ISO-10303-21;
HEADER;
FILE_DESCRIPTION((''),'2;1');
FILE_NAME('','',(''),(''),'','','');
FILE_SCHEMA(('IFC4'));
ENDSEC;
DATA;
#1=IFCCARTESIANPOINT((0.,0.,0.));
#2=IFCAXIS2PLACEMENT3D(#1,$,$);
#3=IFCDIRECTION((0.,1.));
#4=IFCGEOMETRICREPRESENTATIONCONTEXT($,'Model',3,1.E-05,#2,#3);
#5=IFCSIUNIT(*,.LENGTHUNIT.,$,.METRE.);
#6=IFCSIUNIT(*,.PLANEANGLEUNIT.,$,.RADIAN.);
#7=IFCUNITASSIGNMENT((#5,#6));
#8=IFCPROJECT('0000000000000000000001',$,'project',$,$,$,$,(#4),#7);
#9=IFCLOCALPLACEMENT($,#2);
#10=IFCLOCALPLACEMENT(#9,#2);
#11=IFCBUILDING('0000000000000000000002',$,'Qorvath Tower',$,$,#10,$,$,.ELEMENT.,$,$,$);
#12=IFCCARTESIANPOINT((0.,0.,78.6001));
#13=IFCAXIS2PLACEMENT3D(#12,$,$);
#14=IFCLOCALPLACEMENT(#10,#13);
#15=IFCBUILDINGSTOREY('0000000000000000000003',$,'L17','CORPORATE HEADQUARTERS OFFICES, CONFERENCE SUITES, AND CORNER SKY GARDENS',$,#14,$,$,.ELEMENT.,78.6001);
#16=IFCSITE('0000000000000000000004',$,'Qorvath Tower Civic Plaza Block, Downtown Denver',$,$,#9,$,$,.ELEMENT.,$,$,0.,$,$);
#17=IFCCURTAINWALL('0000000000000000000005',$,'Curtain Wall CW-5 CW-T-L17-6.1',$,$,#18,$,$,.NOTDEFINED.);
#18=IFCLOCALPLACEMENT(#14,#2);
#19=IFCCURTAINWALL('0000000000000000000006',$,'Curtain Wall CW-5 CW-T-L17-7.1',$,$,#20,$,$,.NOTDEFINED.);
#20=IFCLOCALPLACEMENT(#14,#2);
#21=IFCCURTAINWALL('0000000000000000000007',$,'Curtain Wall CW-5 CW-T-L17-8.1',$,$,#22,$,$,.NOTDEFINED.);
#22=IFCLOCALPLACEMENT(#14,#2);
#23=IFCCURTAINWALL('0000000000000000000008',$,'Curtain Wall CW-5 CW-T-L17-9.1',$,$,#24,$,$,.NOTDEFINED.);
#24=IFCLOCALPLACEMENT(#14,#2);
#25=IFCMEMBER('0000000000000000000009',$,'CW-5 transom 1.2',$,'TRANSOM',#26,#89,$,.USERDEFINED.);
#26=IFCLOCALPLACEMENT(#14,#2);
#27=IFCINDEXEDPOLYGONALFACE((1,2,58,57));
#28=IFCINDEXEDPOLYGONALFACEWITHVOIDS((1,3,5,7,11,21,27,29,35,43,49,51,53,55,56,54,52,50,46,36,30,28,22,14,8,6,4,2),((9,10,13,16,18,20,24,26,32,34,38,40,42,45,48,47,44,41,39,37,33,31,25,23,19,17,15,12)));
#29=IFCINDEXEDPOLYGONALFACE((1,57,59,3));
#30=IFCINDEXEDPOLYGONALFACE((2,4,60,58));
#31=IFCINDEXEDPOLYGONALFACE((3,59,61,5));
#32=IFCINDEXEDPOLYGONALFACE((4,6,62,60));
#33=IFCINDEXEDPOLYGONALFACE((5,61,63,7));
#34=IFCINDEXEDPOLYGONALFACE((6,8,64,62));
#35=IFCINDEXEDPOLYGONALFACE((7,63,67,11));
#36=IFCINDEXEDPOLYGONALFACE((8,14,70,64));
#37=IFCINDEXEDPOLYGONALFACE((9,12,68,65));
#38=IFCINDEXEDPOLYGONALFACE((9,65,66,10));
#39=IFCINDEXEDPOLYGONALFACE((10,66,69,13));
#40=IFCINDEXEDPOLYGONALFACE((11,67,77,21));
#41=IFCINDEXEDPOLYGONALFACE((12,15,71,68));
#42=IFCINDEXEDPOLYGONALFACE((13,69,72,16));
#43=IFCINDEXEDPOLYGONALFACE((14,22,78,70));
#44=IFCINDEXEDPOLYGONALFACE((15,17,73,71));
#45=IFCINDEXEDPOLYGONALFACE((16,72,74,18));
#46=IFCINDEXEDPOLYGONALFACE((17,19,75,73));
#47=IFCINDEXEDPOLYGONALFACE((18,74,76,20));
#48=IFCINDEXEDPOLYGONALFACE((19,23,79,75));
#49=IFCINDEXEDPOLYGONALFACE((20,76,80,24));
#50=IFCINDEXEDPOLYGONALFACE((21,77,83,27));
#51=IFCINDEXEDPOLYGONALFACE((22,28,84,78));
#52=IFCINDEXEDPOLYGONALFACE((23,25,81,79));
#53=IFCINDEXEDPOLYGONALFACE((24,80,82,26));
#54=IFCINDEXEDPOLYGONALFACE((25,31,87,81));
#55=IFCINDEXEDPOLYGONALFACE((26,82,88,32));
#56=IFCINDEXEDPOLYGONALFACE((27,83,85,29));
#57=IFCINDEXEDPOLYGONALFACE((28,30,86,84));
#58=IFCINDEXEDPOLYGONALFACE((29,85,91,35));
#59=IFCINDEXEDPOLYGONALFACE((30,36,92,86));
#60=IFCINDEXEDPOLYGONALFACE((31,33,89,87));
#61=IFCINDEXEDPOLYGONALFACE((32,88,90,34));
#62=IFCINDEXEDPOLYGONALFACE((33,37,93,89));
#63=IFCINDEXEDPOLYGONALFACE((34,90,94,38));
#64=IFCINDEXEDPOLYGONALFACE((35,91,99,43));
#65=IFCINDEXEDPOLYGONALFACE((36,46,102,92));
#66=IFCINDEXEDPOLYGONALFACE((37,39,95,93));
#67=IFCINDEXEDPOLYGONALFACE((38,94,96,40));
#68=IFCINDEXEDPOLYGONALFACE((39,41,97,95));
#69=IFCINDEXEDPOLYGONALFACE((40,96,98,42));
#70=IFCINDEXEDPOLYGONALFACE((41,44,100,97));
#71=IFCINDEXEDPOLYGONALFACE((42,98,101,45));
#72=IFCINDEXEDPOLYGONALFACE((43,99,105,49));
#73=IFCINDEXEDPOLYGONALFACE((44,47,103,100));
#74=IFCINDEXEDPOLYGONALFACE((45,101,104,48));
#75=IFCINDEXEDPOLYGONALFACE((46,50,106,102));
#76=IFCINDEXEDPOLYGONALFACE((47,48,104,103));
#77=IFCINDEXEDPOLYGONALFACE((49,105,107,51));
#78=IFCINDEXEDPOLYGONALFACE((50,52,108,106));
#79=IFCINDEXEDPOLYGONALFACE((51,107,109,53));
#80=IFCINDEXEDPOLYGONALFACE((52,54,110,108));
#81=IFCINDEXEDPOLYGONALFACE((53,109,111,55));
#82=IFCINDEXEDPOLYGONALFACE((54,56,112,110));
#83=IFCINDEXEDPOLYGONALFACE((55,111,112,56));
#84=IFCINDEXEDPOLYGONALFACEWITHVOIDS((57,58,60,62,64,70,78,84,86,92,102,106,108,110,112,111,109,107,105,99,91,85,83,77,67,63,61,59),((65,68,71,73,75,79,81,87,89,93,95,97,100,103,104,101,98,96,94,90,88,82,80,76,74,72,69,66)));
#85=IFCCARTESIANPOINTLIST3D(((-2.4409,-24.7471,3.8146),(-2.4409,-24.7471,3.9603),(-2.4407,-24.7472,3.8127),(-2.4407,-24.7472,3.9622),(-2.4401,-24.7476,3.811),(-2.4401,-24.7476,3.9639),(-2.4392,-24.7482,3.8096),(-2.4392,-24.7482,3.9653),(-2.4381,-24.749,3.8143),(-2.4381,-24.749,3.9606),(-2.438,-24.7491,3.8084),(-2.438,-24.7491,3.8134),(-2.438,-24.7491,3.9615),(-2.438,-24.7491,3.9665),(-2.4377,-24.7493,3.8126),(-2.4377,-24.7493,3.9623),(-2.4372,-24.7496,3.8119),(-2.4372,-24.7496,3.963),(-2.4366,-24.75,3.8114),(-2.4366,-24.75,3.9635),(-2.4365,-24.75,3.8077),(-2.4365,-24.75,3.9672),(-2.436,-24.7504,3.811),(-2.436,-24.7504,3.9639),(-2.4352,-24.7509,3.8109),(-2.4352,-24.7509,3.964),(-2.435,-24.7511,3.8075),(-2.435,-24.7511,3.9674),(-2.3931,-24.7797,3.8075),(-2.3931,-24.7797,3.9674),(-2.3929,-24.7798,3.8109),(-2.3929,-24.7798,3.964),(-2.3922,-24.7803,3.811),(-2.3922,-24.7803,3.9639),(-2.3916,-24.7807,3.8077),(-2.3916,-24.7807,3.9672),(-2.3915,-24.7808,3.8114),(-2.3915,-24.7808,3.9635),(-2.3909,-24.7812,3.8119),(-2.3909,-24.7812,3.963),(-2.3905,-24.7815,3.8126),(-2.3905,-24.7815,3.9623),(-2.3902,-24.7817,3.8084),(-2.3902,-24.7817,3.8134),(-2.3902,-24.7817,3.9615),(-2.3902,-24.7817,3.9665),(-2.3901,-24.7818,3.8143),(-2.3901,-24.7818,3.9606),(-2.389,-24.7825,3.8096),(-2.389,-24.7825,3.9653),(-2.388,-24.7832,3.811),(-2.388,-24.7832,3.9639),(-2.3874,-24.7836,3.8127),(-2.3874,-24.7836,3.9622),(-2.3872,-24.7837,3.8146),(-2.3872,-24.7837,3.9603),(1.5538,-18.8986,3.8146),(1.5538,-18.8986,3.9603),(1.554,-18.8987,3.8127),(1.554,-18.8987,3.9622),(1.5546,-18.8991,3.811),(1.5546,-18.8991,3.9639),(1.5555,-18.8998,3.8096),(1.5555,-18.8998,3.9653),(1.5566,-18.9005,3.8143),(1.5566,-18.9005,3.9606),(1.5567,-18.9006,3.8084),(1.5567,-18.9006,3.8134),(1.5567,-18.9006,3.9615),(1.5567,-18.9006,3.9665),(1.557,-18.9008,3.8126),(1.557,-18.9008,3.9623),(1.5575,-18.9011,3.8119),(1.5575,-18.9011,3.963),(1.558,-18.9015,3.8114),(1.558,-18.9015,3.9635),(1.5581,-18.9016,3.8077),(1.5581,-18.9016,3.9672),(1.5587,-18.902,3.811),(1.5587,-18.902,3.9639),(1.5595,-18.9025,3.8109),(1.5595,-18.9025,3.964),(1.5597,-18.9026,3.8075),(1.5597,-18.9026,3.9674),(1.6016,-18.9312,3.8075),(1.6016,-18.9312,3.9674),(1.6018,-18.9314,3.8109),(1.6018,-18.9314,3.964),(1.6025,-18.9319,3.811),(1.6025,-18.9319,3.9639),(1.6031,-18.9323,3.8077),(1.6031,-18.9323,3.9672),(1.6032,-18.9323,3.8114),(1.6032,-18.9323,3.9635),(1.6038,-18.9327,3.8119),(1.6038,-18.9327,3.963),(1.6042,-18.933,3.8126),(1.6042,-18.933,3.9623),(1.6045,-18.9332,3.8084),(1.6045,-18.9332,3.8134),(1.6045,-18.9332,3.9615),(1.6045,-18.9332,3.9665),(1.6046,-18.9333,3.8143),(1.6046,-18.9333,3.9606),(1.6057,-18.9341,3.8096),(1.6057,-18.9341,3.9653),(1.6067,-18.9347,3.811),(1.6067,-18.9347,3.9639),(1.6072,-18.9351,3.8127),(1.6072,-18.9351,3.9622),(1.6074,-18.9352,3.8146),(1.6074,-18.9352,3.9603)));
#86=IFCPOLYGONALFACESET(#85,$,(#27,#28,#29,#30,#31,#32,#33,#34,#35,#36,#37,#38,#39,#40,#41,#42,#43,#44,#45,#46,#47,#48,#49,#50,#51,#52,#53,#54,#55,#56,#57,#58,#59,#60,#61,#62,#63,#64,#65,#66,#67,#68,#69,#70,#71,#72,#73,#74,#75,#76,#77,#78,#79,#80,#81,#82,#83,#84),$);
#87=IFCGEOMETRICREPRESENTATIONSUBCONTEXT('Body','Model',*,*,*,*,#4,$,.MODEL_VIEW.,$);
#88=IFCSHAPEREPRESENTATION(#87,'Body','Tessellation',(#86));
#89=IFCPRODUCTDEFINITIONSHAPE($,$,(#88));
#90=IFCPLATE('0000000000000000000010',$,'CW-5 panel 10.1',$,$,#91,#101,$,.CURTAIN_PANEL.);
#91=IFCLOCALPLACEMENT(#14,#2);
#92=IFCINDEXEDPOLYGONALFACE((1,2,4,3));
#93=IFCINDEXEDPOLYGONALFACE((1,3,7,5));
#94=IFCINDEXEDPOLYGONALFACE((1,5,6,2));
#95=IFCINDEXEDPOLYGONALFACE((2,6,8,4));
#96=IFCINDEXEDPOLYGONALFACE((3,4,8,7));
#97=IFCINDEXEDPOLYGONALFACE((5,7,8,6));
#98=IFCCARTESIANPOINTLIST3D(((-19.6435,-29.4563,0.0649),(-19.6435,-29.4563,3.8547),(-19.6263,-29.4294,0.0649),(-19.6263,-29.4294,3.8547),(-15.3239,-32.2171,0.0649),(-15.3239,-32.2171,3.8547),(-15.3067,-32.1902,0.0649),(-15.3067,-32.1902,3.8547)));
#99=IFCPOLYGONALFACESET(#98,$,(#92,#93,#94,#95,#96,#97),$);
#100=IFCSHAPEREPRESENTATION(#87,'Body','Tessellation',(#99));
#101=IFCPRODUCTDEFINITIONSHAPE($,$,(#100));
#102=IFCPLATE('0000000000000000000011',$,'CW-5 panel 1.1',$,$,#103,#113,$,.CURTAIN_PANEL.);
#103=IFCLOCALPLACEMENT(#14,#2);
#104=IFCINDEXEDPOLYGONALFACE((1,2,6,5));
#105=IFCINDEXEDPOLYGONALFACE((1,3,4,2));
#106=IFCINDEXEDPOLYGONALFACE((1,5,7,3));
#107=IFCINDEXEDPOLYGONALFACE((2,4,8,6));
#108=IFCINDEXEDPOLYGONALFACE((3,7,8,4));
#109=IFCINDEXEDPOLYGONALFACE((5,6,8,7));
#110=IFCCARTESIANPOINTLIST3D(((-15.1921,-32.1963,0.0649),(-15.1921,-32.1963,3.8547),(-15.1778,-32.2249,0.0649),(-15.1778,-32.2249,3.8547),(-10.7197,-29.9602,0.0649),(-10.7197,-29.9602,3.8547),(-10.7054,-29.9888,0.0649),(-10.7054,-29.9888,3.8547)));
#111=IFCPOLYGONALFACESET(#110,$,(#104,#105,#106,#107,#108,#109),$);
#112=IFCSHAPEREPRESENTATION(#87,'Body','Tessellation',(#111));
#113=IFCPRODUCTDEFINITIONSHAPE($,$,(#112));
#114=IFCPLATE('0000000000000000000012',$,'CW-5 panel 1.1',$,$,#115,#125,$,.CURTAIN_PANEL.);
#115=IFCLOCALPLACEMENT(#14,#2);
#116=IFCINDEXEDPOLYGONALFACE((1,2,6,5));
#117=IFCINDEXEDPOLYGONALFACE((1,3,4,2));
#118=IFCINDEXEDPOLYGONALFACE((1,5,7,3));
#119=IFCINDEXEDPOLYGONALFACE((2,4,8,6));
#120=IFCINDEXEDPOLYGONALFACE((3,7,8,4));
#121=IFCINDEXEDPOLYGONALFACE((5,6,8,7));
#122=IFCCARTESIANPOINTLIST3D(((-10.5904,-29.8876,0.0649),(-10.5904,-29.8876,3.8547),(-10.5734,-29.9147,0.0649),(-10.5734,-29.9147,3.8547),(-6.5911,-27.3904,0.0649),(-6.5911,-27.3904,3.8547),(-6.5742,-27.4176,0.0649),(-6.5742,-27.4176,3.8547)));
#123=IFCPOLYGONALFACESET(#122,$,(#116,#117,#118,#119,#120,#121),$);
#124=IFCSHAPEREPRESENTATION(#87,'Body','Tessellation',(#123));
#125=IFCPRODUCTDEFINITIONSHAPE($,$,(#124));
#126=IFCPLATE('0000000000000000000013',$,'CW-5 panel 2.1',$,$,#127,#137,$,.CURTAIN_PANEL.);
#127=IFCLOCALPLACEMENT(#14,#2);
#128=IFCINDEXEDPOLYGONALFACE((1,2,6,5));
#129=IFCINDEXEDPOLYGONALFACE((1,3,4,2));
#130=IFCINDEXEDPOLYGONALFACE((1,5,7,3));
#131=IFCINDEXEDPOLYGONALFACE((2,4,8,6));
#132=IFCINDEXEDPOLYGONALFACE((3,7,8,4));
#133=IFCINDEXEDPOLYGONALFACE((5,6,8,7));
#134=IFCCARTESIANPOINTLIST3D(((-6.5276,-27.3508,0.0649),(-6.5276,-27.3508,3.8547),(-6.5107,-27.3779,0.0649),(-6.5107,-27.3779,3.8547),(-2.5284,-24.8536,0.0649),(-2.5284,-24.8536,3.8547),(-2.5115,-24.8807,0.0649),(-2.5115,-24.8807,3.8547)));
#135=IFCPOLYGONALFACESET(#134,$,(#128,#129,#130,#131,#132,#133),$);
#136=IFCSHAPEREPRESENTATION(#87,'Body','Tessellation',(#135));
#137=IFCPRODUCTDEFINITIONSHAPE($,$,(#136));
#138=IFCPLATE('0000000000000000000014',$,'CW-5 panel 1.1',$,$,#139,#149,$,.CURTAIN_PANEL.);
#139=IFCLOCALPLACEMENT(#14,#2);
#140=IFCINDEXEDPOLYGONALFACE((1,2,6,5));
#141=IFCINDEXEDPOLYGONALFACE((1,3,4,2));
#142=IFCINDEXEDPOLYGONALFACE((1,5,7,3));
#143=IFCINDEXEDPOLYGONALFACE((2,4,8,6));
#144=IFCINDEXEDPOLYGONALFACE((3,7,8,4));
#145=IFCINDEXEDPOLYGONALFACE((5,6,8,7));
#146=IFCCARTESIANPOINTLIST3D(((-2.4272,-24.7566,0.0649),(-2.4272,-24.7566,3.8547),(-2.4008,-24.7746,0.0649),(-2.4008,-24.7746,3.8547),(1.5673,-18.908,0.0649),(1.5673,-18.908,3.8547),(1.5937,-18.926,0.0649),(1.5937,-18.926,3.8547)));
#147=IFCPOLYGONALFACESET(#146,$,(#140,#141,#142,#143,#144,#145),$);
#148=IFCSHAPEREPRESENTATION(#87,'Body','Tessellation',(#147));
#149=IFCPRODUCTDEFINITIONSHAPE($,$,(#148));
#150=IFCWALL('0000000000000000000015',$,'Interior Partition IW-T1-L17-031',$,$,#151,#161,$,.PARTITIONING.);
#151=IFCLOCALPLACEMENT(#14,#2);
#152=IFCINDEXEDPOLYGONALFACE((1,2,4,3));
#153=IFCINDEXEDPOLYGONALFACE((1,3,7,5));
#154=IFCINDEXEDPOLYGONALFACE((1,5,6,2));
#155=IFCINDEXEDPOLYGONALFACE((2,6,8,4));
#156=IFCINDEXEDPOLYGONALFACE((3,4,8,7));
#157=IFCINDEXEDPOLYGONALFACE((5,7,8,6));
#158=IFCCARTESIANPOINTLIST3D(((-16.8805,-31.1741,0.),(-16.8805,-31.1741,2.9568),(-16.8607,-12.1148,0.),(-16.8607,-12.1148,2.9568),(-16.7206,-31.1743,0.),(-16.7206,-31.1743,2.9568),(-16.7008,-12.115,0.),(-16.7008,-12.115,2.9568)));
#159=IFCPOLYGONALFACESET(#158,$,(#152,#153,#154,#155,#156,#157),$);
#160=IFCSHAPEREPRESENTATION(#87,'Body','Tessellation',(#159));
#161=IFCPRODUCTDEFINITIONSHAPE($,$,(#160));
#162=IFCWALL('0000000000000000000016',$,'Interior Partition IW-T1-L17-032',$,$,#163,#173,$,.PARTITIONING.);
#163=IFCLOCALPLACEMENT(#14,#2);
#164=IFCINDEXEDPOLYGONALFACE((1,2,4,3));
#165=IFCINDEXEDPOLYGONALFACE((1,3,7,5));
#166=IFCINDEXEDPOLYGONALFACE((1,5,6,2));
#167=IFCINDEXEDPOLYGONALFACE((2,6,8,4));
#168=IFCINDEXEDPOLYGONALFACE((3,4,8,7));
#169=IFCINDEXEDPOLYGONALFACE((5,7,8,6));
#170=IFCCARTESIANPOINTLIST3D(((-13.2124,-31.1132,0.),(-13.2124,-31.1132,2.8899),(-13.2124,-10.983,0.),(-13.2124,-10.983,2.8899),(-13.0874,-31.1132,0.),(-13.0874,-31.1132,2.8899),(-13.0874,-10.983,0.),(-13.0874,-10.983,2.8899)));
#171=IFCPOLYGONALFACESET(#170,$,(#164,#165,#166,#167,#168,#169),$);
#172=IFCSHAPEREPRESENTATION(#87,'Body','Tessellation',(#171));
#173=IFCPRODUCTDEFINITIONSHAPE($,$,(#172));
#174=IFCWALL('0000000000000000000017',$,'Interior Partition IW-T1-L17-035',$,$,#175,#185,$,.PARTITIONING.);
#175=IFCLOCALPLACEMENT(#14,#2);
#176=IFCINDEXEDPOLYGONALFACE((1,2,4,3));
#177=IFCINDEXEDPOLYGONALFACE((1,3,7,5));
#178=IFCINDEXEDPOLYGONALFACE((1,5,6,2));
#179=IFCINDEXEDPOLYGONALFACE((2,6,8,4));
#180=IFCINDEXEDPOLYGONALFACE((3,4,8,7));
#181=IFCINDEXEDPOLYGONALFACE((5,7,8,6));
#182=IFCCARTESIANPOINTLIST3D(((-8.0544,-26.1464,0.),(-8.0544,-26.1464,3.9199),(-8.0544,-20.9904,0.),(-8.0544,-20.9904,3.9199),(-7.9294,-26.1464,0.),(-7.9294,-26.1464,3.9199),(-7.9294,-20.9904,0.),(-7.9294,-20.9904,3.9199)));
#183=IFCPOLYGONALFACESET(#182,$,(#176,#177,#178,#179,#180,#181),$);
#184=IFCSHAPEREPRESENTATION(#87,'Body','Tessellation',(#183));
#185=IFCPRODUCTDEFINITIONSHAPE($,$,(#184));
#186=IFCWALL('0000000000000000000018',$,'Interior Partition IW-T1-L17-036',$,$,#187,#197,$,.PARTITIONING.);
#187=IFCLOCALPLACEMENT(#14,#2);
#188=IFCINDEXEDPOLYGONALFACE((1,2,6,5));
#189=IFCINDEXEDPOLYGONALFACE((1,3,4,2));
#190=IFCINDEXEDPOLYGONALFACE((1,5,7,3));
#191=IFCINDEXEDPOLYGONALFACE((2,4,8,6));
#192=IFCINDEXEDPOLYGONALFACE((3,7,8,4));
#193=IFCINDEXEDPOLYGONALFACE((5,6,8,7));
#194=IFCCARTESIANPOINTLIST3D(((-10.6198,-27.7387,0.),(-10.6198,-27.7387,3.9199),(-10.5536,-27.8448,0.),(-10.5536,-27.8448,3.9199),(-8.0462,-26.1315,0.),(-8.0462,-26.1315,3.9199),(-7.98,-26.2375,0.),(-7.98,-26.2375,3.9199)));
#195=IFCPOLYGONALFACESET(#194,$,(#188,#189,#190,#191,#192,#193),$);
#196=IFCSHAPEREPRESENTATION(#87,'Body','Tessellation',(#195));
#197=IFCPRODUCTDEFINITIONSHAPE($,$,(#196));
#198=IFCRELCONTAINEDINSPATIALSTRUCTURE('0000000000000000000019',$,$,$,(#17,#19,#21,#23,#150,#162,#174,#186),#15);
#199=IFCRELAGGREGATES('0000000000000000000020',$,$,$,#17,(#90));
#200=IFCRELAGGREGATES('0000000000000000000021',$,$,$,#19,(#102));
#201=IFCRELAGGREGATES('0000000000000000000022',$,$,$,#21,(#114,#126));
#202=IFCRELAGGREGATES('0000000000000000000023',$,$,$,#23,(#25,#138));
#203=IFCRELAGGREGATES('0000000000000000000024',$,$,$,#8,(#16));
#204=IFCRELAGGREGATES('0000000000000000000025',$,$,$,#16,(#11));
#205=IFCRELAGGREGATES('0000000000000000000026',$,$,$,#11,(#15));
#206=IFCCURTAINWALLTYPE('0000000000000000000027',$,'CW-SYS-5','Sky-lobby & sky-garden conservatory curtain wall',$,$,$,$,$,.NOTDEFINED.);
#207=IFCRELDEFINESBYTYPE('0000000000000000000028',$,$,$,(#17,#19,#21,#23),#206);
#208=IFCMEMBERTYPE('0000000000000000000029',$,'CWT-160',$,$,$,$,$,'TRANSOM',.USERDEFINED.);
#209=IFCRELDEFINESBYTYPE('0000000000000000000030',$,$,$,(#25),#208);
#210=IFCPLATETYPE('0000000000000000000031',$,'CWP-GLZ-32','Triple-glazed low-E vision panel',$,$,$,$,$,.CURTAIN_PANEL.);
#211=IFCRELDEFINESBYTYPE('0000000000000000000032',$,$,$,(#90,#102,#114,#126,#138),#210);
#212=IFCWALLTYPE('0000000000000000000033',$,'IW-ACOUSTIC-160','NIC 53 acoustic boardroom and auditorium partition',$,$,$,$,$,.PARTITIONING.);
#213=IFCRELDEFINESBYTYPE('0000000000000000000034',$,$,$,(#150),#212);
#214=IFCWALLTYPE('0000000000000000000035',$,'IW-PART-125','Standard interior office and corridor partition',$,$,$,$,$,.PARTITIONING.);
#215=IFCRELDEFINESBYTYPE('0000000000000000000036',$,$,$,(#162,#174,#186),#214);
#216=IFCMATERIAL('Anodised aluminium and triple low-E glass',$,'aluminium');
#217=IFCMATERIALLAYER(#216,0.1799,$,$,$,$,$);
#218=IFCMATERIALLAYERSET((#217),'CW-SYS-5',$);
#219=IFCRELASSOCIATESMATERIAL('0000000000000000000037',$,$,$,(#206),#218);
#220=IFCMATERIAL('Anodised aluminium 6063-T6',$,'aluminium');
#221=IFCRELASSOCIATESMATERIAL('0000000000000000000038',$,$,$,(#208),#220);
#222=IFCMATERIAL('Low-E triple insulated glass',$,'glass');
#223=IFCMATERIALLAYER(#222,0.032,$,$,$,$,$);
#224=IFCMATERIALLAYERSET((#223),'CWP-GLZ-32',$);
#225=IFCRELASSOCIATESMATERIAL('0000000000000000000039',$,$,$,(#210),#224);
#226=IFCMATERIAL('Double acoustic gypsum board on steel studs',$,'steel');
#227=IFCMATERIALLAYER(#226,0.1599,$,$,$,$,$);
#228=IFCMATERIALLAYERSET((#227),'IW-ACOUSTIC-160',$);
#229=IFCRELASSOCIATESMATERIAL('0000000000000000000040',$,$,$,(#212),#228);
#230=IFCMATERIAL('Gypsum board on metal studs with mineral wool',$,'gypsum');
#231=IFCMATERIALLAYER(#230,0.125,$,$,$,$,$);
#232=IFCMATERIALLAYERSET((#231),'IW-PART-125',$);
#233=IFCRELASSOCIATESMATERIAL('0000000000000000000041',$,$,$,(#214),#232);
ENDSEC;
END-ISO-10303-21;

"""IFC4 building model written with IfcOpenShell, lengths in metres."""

from ifc_helpers import new_model, si_unit, direction, frame, frame_2d, origin, origin_2d, place, context, subcontext, project, spatial, rectangle, hollow_rectangle, extrude, material, layer, layer_set, material_profile, profile_set, type_object, element, aggregate, save


model = new_model("IFC4")

# Units and contexts
model_context = context("Model", 3, precision=1e-05, world=origin(), true_north=direction((0.0, 1.0)))
body_context = subcontext(model_context, "Body", "Model", "MODEL_VIEW")
ifc_project = project(units=[si_unit("LENGTHUNIT", "METRE"), si_unit("PLANEANGLEUNIT", "RADIAN")], contexts=[model_context])

# Site, building, storey
site_placement = place(None, origin())
site = spatial("IfcSite", under=ifc_project, at=site_placement, Name="Qorvath Tower Civic Plaza Block, Downtown Denver", CompositionType="ELEMENT", RefElevation=0.0)
building_placement = place(site_placement, origin())
building = spatial("IfcBuilding", under=site, at=building_placement, Name="Qorvath Tower", CompositionType="ELEMENT")
storey_placement = place(building_placement, frame((0.0, 0.0, 78.6001)))
storey = spatial("IfcBuildingStorey", under=building, at=storey_placement, Name="L17", Description="CORPORATE HEADQUARTERS OFFICES, CONFERENCE SUITES, AND CORNER SKY GARDENS", CompositionType="ELEMENT", Elevation=78.6001)

# Curtain wall
ifc_material_1 = material(Name="Anodised aluminium and triple low-E glass", Category="aluminium")
ifc_layer_1 = layer(ifc_material_1, 0.1799)
ifc_layer_set_1 = layer_set([ifc_layer_1], Name="CW-SYS-5")
curtain_wall_type = type_object("IfcCurtainWallType", Name="CW-SYS-5", Description="Sky-lobby & sky-garden conservatory curtain wall", PredefinedType="NOTDEFINED", material=ifc_layer_set_1)
curtain_wall_1_placement = place(storey_placement, origin())
curtain_wall_1 = element("IfcCurtainWall", 1, at=curtain_wall_1_placement, inside=storey, type_object=curtain_wall_type, Name="Curtain Wall CW-5 CW-T-L17-6.1", PredefinedType="NOTDEFINED")

# Curtain walls
curtain_wall_2_placement = place(storey_placement, origin())
curtain_wall_2 = element("IfcCurtainWall", 2, at=curtain_wall_2_placement, inside=storey, type_object=curtain_wall_type, Name="Curtain Wall CW-5 CW-T-L17-7.1", PredefinedType="NOTDEFINED")
curtain_wall_3_placement = place(storey_placement, origin())
curtain_wall_3 = element("IfcCurtainWall", 3, at=curtain_wall_3_placement, inside=storey, type_object=curtain_wall_type, Name="Curtain Wall CW-5 CW-T-L17-8.1", PredefinedType="NOTDEFINED")

# Curtain wall
curtain_wall_4_placement = place(storey_placement, origin())
curtain_wall_4 = element("IfcCurtainWall", 4, at=curtain_wall_4_placement, inside=storey, type_object=curtain_wall_type, Name="Curtain Wall CW-5 CW-T-L17-9.1", PredefinedType="NOTDEFINED")

# Member
ifc_material_2 = material(Name="Anodised aluminium 6063-T6", Category="aluminium")
ifc_material_profile_1 = material_profile(ifc_material_2, hollow_rectangle(XDim=0.0649, YDim=0.1599, WallThickness=0.0034, InnerFilletRadius=0.0034, OuterFilletRadius=0.0071, at=origin_2d()), Name="CWT 160x65")
ifc_profile_set_1 = profile_set([ifc_material_profile_1], Name="Anodised aluminium 6063-T6")
member_type_1 = type_object("IfcMemberType", Name="CWT-160", ElementType="TRANSOM", PredefinedType="USERDEFINED", material=ifc_profile_set_1)
member_1_placement = place(storey_placement, frame((-2.4141, -24.7654, 3.8875), z_axis=(0.56402, 0.825761, 0.0), x_axis=(-0.825761, 0.56402, 0.0)))
member_1 = element("IfcMember", 5, at=member_1_placement, type_object=member_type_1, Name="CW-5 transom 1.2", ObjectType="TRANSOM", PredefinedType="USERDEFINED", context=body_context, shape_type="SweptSolid", body=[
    extrude(hollow_rectangle(XDim=0.0649, YDim=0.1599, WallThickness=0.0034, InnerFilletRadius=0.0034, OuterFilletRadius=0.0071, at=origin_2d()), origin(), (0.0, 0.0, 1.0), 7.0825),
])

# Plates
ifc_material_3 = material(Name="Low-E triple insulated glass", Category="glass")
ifc_layer_2 = layer(ifc_material_3, 0.032)
ifc_layer_set_2 = layer_set([ifc_layer_2], Name="CWP-GLZ-32")
plate_type = type_object("IfcPlateType", Name="CWP-GLZ-32", Description="Triple-glazed low-E vision panel", PredefinedType="CURTAIN_PANEL", material=ifc_layer_set_2)
plate_1_placement = place(storey_placement, frame((-17.4751, -30.8232, 0.0649), z_axis=(0.0, 0.0, 1.0), x_axis=(0.842604, -0.538533, 0.0)))
plate_1 = element("IfcPlate", 6, at=plate_1_placement, type_object=plate_type, Name="CW-5 panel 10.1", PredefinedType="CURTAIN_PANEL", context=body_context, shape_type="SweptSolid", body=[
    extrude(rectangle(XDim=5.1265, YDim=0.032, at=origin_2d()), origin(), (0.0, 0.0, 1.0), 3.7898),
])
aggregate(curtain_wall_1, [plate_1])
plate_2_placement = place(storey_placement, frame((-12.9487, -31.0925, 0.0649), z_axis=(0.0, 0.0, 1.0), x_axis=(0.894431, 0.447206, 0.0)))
plate_2 = element("IfcPlate", 7, at=plate_2_placement, type_object=plate_type, Name="CW-5 panel 1.1", PredefinedType="CURTAIN_PANEL", context=body_context, shape_type="SweptSolid", body=[
    extrude(rectangle(XDim=5.0002, YDim=0.032, at=origin_2d()), origin(), (0.0, 0.0, 1.0), 3.7898),
])
aggregate(curtain_wall_2, [plate_2])
plate_3_placement = place(storey_placement, frame((-8.5823, -28.6526, 0.0649), z_axis=(0.0, 0.0, 1.0), x_axis=(0.848219, 0.529645, 0.0)))
plate_3 = element("IfcPlate", 8, at=plate_3_placement, type_object=plate_type, Name="CW-5 panel 1.1", PredefinedType="CURTAIN_PANEL", context=body_context, shape_type="SweptSolid", body=[
    extrude(rectangle(XDim=4.7148, YDim=0.032, at=origin_2d()), origin(), (0.0, 0.0, 1.0), 3.7898),
])
plate_4_placement = place(storey_placement, frame((-4.5195, -26.1157, 0.0649), z_axis=(0.0, 0.0, 1.0), x_axis=(0.848219, 0.529645, 0.0)))
plate_4 = element("IfcPlate", 9, at=plate_4_placement, type_object=plate_type, Name="CW-5 panel 2.1", PredefinedType="CURTAIN_PANEL", context=body_context, shape_type="SweptSolid", body=[
    extrude(rectangle(XDim=4.7148, YDim=0.032, at=origin_2d()), origin(), (0.0, 0.0, 1.0), 3.7898),
])
aggregate(curtain_wall_3, [plate_3, plate_4])
plate_5_placement = place(storey_placement, frame((-0.4167, -21.8413, 0.0649), z_axis=(0.0, 0.0, 1.0), x_axis=(0.563998, 0.825776, 0.0)))
plate_5 = element("IfcPlate", 10, at=plate_5_placement, type_object=plate_type, Name="CW-5 panel 1.1", PredefinedType="CURTAIN_PANEL", context=body_context, shape_type="SweptSolid", body=[
    extrude(rectangle(XDim=7.0825, YDim=0.032, at=origin_2d()), origin(), (0.0, 0.0, 1.0), 3.7898),
])
aggregate(curtain_wall_4, [member_1, plate_5])

# Walls
ifc_material_4 = material(Name="Double acoustic gypsum board on steel studs", Category="steel")
ifc_layer_3 = layer(ifc_material_4, 0.1599)
ifc_layer_set_3 = layer_set([ifc_layer_3], Name="IW-ACOUSTIC-160")
wall_type_1 = type_object("IfcWallType", Name="IW-ACOUSTIC-160", Description="NIC 53 acoustic boardroom and auditorium partition", PredefinedType="PARTITIONING", material=ifc_layer_set_3)
wall_1_placement = place(storey_placement, frame((-16.8005, -31.1743, 0.0), z_axis=(0.0, 0.0, 1.0), x_axis=(0.001038, 0.999999, 0.0)))
element("IfcWall", 11, at=wall_1_placement, inside=storey, type_object=wall_type_1, Name="Interior Partition IW-T1-L17-031", PredefinedType="PARTITIONING", context=body_context, shape_type="SweptSolid", body=[
    extrude(rectangle(XDim=19.0593, YDim=0.1599, at=frame_2d((9.5298, 0.0))), origin(), (0.0, 0.0, 1.0), 2.9568),
])
ifc_material_5 = material(Name="Gypsum board on metal studs with mineral wool", Category="gypsum")
ifc_layer_4 = layer(ifc_material_5, 0.125)
ifc_layer_set_4 = layer_set([ifc_layer_4], Name="IW-PART-125")
wall_type_2 = type_object("IfcWallType", Name="IW-PART-125", Description="Standard interior office and corridor partition", PredefinedType="PARTITIONING", material=ifc_layer_set_4)
wall_2_placement = place(storey_placement, frame((-13.1499, -31.113, 0.0), z_axis=(0.0, 0.0, 1.0), x_axis=(0.0, 1.0, 0.0)))
element("IfcWall", 12, at=wall_2_placement, inside=storey, type_object=wall_type_2, Name="Interior Partition IW-T1-L17-032", PredefinedType="PARTITIONING", context=body_context, shape_type="SweptSolid", body=[
    extrude(rectangle(XDim=20.1301, YDim=0.125, at=frame_2d((10.0649, 0.0))), origin(), (0.0, 0.0, 1.0), 2.8899),
])
wall_3_placement = place(storey_placement, frame((-7.9919, -26.1465, 0.0), z_axis=(0.0, 0.0, 1.0), x_axis=(0.0, 1.0, 0.0)))
element("IfcWall", 13, at=wall_3_placement, inside=storey, type_object=wall_type_2, Name="Interior Partition IW-T1-L17-035", PredefinedType="PARTITIONING", context=body_context, shape_type="SweptSolid", body=[
    extrude(rectangle(XDim=5.156, YDim=0.125, at=frame_2d((2.5781, 0.0))), origin(), (0.0, 0.0, 1.0), 3.9199),
])
wall_4_placement = place(storey_placement, frame((-10.5867, -27.7917, 0.0), z_axis=(0.0, 0.0, 1.0), x_axis=(0.848184, 0.529702, 0.0)))
element("IfcWall", 14, at=wall_4_placement, inside=storey, type_object=wall_type_2, Name="Interior Partition IW-T1-L17-036", PredefinedType="PARTITIONING", context=body_context, shape_type="SweptSolid", body=[
    extrude(rectangle(XDim=3.0342, YDim=0.125, at=frame_2d((1.5171, 0.0))), origin(), (0.0, 0.0, 1.0), 3.9199),
])

save(model, "model.ifc")
